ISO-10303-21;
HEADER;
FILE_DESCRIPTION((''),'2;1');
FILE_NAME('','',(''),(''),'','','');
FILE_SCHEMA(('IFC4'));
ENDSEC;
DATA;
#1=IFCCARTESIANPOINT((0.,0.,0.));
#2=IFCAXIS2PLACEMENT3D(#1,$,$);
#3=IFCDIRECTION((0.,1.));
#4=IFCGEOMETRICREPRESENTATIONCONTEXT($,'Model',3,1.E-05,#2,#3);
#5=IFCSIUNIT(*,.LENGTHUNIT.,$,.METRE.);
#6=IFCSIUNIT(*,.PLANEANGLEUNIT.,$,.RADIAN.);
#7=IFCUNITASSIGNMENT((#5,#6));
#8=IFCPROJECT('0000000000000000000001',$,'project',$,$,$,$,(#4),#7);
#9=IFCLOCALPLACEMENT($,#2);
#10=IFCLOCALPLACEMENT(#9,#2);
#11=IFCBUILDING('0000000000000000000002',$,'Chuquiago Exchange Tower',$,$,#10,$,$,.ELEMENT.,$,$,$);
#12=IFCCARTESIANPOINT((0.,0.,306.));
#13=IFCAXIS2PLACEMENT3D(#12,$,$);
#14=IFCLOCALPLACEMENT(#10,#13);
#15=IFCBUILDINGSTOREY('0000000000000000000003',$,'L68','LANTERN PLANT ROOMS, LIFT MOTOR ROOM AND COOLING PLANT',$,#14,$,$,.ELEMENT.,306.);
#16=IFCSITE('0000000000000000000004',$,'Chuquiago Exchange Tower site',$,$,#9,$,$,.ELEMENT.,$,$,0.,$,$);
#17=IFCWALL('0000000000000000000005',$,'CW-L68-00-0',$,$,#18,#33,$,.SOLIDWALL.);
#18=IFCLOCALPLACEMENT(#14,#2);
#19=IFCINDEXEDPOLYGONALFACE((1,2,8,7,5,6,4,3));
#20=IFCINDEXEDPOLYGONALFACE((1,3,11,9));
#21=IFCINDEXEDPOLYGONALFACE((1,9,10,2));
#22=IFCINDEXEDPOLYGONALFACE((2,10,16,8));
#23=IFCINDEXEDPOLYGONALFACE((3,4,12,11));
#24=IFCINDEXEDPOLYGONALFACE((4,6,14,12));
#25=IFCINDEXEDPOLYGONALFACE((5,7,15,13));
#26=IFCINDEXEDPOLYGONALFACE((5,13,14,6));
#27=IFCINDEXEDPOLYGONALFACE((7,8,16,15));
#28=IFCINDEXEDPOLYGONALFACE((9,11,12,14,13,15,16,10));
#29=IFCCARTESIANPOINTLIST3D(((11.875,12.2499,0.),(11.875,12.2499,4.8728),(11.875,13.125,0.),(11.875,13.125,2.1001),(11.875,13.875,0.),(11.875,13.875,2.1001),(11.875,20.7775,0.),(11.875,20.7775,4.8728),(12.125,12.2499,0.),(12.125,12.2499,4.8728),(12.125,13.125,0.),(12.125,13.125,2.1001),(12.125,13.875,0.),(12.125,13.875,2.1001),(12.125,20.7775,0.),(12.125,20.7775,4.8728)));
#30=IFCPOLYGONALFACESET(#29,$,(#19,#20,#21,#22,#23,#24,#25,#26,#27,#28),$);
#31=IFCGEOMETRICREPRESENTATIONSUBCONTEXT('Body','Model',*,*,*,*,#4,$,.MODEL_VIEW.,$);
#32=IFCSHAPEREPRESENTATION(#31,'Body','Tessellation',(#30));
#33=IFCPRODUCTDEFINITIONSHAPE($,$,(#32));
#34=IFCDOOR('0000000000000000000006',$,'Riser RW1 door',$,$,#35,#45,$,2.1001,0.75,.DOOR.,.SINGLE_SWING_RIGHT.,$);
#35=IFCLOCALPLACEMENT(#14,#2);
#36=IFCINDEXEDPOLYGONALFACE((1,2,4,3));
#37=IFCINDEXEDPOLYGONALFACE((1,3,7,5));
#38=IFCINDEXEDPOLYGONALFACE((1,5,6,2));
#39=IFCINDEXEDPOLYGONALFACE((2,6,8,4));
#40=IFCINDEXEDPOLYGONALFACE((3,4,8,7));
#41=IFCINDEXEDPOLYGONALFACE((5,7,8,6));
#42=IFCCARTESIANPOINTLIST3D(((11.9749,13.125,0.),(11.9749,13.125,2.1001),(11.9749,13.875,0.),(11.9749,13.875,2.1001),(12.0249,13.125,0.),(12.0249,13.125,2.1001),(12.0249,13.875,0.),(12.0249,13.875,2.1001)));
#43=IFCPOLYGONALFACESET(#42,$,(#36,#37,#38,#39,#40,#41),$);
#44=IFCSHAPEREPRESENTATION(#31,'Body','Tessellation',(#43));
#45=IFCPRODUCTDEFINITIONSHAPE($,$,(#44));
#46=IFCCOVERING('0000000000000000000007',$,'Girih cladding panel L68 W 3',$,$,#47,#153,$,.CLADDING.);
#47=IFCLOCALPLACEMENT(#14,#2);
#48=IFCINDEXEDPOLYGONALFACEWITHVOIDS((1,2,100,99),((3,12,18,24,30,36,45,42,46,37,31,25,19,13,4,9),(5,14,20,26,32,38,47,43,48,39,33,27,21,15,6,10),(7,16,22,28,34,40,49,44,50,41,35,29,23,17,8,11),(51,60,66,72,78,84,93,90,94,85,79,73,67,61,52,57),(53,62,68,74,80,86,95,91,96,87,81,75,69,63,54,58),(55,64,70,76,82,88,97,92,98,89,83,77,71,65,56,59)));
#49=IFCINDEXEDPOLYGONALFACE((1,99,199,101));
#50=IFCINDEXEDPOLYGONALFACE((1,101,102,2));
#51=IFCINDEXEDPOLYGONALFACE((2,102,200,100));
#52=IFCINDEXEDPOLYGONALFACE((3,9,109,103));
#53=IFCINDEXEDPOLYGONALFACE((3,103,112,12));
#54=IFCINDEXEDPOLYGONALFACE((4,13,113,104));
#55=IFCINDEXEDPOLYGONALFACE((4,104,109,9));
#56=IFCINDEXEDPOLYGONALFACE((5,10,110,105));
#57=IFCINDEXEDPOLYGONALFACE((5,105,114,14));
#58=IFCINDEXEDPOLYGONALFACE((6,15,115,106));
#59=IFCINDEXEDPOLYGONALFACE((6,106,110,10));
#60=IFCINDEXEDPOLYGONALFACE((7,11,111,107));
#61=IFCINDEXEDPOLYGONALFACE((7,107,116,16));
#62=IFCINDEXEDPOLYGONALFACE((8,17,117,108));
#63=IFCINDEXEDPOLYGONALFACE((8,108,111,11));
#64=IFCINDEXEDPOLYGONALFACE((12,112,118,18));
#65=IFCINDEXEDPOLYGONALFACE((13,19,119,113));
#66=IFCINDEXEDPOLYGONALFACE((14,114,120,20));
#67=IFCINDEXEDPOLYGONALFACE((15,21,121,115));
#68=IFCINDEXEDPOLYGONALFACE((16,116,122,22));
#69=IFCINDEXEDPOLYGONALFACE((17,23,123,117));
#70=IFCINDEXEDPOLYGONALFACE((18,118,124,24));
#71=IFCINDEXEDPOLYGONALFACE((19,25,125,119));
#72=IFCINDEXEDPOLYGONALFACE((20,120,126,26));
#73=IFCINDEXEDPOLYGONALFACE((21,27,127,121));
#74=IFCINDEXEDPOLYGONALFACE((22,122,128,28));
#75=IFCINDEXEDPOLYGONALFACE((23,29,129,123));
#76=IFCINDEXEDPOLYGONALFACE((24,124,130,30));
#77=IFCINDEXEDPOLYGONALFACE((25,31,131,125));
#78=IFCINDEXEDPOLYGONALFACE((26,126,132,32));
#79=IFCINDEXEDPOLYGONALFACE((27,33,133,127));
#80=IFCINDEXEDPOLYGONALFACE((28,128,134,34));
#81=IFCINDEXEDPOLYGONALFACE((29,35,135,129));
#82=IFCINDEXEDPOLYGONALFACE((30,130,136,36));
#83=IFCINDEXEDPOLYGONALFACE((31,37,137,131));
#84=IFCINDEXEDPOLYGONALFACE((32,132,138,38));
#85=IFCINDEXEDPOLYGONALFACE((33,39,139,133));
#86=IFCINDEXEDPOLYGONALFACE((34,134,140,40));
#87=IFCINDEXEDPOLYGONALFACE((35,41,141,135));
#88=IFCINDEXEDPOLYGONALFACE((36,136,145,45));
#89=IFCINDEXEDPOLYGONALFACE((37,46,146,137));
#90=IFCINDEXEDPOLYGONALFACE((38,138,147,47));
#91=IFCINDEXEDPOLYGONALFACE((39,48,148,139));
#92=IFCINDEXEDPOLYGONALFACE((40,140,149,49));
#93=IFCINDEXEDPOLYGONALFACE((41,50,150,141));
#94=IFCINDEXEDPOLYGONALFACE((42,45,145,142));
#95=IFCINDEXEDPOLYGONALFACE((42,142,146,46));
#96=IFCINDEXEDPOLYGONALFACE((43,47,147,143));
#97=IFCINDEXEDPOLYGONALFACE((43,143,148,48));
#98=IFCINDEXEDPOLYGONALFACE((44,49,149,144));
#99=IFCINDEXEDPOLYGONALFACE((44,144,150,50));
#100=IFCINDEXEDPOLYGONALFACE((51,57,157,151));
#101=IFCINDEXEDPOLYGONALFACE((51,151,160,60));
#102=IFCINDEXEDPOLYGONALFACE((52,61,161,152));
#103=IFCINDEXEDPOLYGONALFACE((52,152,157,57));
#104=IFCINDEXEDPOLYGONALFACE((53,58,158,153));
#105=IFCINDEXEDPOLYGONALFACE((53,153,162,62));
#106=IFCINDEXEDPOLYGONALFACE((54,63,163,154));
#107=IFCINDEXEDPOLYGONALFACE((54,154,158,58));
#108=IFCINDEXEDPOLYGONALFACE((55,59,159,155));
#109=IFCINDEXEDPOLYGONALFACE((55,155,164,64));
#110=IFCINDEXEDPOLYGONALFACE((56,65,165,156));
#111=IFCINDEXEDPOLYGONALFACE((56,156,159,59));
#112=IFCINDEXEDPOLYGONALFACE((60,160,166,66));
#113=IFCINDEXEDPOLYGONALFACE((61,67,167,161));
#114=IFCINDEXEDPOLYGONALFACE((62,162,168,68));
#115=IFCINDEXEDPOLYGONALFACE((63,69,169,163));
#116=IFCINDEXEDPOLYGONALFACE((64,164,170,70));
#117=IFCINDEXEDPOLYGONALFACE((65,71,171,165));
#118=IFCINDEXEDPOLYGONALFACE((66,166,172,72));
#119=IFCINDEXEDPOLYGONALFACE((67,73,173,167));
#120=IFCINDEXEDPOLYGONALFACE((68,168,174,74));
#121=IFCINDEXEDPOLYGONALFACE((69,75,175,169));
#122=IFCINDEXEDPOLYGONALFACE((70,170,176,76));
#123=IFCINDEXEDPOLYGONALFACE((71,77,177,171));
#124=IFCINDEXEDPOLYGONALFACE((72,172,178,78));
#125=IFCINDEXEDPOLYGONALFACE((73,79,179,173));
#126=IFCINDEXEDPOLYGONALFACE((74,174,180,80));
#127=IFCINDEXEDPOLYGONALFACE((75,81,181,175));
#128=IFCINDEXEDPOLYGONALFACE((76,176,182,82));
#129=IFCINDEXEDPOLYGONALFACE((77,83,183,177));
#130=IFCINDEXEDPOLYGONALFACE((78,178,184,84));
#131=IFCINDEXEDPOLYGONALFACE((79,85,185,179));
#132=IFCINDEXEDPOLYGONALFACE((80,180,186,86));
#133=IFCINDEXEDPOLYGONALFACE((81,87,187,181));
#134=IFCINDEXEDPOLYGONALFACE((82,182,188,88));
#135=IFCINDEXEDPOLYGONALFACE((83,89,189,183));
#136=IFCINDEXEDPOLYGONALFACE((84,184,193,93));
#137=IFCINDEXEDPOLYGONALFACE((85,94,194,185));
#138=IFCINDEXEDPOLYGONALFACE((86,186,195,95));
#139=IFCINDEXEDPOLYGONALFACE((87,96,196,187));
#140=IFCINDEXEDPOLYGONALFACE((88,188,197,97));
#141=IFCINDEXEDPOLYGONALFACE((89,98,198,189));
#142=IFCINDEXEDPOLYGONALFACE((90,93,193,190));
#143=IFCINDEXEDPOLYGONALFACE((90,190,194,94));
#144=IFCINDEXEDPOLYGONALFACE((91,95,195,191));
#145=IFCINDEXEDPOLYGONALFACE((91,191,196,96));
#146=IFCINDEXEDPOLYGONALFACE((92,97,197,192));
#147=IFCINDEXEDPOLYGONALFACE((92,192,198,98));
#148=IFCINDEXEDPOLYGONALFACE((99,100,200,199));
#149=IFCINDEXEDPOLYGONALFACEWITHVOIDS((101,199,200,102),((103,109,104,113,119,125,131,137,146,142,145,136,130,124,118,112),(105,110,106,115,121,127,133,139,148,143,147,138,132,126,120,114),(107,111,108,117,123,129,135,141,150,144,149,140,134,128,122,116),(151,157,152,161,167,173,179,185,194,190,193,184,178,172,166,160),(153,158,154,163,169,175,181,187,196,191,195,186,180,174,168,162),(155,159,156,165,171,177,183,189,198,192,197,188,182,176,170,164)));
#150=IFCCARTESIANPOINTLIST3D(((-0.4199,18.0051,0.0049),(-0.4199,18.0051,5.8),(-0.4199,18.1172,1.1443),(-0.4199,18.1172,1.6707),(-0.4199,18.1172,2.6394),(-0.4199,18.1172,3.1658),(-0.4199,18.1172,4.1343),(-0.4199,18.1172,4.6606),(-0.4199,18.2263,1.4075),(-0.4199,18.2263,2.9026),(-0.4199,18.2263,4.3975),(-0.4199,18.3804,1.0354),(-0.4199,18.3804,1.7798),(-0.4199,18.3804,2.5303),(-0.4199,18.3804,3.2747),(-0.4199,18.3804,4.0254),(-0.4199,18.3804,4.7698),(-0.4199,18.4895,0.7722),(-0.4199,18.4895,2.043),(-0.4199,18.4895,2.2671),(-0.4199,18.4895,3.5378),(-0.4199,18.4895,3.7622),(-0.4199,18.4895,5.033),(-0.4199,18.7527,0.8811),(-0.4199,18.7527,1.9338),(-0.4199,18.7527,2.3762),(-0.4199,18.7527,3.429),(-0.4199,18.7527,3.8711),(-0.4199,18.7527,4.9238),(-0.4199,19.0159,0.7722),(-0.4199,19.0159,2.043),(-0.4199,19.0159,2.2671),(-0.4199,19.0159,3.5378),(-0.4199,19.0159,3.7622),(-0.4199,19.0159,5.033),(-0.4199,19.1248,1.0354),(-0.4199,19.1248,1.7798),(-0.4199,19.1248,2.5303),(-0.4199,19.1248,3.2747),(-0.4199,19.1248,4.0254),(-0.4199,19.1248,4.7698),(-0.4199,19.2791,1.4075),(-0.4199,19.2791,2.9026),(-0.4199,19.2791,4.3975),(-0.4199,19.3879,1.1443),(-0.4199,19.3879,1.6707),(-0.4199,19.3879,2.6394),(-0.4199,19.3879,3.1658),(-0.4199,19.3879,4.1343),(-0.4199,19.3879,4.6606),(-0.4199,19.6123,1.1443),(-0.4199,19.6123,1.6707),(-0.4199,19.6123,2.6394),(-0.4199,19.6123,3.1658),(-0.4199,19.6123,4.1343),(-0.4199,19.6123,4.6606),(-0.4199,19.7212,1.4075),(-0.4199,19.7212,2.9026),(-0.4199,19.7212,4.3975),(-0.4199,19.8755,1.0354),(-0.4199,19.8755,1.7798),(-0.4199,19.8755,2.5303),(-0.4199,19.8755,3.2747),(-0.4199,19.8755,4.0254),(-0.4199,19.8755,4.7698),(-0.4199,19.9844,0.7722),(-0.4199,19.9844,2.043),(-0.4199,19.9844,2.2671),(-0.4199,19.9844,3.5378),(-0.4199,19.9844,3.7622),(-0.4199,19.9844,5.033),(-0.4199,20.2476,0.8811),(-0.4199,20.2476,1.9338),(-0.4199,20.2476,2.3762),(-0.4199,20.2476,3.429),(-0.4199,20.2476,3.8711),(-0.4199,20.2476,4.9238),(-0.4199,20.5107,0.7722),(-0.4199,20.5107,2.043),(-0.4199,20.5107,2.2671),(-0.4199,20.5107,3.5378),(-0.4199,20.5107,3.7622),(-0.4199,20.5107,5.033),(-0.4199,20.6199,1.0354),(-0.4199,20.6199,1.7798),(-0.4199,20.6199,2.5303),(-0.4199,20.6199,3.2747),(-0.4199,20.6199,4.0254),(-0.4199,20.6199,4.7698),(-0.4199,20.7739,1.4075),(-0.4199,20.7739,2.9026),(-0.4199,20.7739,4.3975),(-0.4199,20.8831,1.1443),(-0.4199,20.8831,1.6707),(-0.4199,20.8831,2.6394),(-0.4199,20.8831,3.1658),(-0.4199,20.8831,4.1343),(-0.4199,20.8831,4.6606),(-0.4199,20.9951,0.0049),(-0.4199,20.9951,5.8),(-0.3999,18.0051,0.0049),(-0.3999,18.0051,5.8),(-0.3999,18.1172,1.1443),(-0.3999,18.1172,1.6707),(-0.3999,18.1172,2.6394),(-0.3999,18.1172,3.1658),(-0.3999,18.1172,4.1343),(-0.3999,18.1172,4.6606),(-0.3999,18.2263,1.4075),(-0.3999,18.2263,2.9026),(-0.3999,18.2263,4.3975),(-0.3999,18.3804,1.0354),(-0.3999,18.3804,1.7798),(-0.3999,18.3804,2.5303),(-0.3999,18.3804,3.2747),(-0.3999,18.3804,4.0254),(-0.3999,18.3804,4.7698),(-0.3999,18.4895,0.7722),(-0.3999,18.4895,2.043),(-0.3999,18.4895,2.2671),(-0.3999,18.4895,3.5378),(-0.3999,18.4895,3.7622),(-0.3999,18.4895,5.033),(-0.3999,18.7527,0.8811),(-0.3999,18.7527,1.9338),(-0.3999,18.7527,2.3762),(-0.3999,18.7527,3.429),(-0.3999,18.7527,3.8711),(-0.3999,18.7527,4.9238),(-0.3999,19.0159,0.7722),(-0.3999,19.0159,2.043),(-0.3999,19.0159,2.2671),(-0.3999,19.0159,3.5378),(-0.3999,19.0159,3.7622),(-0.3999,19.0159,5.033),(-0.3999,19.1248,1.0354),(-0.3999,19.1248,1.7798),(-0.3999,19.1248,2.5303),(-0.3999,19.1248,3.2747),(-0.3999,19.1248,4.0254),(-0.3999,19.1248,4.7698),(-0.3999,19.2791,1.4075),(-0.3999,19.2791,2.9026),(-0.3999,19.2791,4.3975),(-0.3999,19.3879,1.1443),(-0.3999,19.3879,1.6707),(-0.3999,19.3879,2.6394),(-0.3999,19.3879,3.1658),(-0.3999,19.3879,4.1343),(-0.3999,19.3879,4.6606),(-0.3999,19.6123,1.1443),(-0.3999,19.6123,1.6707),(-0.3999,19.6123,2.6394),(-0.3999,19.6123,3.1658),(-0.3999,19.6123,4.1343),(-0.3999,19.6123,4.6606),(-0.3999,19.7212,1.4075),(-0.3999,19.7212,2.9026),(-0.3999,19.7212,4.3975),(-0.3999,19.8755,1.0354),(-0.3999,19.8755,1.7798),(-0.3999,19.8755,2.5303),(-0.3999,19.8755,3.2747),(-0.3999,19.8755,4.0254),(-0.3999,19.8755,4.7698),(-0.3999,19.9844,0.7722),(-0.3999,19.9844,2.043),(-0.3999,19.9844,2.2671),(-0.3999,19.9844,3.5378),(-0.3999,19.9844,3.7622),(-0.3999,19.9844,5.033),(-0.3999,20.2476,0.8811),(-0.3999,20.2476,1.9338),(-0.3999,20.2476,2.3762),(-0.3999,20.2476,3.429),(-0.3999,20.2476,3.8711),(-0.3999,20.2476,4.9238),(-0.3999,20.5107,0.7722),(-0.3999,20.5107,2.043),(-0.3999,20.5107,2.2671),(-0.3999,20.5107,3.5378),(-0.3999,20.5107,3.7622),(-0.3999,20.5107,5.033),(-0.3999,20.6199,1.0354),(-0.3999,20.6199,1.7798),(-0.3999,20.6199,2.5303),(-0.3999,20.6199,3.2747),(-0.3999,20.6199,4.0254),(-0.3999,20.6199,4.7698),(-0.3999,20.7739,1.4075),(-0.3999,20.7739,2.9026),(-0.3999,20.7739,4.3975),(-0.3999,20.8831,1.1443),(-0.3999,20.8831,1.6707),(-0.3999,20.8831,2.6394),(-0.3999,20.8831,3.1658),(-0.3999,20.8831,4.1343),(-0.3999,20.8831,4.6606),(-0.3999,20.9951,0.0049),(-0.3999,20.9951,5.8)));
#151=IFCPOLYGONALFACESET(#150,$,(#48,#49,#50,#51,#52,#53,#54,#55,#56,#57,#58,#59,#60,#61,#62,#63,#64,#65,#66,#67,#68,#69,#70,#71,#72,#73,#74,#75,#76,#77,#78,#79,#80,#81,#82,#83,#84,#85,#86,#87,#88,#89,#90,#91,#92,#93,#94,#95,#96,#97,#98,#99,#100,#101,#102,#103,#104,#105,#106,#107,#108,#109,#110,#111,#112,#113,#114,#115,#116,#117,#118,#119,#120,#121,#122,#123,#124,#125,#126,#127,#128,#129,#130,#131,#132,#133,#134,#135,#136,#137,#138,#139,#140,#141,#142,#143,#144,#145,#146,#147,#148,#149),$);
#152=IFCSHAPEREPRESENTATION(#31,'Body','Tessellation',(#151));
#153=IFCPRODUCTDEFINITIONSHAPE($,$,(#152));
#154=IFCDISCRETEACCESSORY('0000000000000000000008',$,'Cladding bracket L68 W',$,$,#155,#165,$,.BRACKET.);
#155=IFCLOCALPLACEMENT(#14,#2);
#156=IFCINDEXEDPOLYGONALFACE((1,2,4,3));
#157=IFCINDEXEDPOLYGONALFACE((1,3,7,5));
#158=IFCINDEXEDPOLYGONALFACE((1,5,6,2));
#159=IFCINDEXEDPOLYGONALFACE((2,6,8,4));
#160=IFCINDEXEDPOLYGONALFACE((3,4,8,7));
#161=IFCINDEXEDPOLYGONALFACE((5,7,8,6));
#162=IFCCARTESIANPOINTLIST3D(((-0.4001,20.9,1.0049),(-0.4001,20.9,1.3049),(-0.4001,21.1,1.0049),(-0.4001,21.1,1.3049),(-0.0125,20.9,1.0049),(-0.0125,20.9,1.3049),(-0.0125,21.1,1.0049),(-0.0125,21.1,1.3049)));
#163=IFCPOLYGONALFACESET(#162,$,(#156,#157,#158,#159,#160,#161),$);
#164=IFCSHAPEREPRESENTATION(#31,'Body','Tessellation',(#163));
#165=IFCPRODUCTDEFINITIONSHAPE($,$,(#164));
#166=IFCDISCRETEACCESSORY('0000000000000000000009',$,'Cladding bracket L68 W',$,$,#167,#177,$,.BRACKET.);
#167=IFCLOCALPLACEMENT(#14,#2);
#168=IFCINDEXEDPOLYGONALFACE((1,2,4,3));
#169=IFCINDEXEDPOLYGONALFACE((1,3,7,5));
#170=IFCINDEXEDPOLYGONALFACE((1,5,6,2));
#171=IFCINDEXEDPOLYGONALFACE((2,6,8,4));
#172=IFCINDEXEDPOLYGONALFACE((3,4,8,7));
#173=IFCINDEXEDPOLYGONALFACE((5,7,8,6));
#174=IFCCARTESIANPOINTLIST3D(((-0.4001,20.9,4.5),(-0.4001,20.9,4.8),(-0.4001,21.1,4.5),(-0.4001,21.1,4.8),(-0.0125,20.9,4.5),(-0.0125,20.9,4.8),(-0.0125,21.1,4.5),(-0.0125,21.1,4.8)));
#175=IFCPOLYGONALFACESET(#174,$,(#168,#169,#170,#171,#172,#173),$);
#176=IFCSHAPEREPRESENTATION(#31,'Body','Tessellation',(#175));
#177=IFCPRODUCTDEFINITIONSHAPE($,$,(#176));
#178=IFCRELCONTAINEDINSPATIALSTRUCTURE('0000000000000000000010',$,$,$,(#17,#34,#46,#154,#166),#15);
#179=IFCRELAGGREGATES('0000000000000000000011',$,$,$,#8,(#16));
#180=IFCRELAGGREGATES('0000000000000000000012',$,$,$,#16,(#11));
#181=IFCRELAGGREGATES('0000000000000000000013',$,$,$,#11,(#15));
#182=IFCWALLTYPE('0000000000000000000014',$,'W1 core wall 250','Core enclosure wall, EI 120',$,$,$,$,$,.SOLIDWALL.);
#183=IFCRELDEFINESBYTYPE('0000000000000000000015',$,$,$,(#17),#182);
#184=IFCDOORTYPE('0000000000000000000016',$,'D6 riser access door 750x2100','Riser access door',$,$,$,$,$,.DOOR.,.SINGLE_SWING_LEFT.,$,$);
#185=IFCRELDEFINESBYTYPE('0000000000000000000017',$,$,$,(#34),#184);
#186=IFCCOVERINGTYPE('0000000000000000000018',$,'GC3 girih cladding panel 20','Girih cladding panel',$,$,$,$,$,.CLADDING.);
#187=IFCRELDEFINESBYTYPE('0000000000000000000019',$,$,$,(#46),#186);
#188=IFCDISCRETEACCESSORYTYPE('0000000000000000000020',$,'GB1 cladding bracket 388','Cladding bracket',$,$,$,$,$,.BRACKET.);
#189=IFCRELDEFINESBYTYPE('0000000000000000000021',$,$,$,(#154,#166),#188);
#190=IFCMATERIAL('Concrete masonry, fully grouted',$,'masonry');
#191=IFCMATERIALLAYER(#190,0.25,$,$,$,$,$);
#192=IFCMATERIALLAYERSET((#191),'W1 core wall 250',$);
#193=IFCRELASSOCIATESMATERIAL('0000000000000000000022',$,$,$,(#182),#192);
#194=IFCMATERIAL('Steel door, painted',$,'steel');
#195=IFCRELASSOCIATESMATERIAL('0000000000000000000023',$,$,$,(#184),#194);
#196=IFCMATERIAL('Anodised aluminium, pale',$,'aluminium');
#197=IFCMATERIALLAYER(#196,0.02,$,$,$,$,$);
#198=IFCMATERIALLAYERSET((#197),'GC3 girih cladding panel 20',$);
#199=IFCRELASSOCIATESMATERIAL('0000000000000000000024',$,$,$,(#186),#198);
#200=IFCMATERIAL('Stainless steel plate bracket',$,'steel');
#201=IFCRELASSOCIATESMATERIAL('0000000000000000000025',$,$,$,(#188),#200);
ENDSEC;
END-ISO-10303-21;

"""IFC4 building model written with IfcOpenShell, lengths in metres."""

from ifc_helpers import new_model, si_unit, direction, frame, frame_2d, origin, origin_2d, place, context, subcontext, project, spatial, polyline, rectangle, outline, extrude, material, layer, layer_set, type_object, element, fill, save


model = new_model("IFC4")

# Units and contexts
model_context = context("Model", 3, precision=1e-05, world=origin(), true_north=direction((0.0, 1.0)))
body_context = subcontext(model_context, "Body", "Model", "MODEL_VIEW")
ifc_project = project(units=[si_unit("LENGTHUNIT", "METRE"), si_unit("PLANEANGLEUNIT", "RADIAN")], contexts=[model_context])

# Site, building, storey
site_placement = place(None, origin())
site = spatial("IfcSite", under=ifc_project, at=site_placement, Name="Chuquiago Exchange Tower site", CompositionType="ELEMENT", RefElevation=0.0)
building_placement = place(site_placement, origin())
building = spatial("IfcBuilding", under=site, at=building_placement, Name="Chuquiago Exchange Tower", CompositionType="ELEMENT")
storey_placement = place(building_placement, frame((0.0, 0.0, 306.0)))
storey = spatial("IfcBuildingStorey", under=building, at=storey_placement, Name="L68", Description="LANTERN PLANT ROOMS, LIFT MOTOR ROOM AND COOLING PLANT", CompositionType="ELEMENT", Elevation=306.0)

# Wall, opening, door
ifc_material_1 = material(Name="Concrete masonry, fully grouted", Category="masonry")
ifc_layer_1 = layer(ifc_material_1, 0.25)
ifc_layer_set_1 = layer_set([ifc_layer_1], Name="W1 core wall 250")
wall_type = type_object("IfcWallType", Name="W1 core wall 250", Description="Core enclosure wall, EI 120", PredefinedType="SOLIDWALL", material=ifc_layer_set_1)
wall_placement = place(storey_placement, frame((12.0, 12.25, 0.0), z_axis=(0.0, 0.0, 1.0), x_axis=(0.0, 1.0, 0.0)))
wall = element("IfcWall", 1, at=wall_placement, inside=storey, type_object=wall_type, Name="CW-L68-00-0", PredefinedType="SOLIDWALL", context=body_context, shape_type="SweptSolid", body=[
    extrude(rectangle(XDim=8.5276, YDim=0.25, at=frame_2d((4.2637, 0.0))), origin(), (0.0, 0.0, 1.0), 4.8728),
])
opening_1_placement = place(wall_placement, frame((0.875, 0.0, 0.0)))
opening_1 = element("IfcOpeningElement", 2, at=opening_1_placement, cuts=wall, PredefinedType="OPENING", context=body_context, shape_type="SweptSolid", body=[
    extrude(rectangle(XDim=0.75, YDim=2.1001, at=frame_2d((0.375, 1.05))), frame((0.0, 0.135, 0.0), z_axis=(0.0, -1.0, 0.0), x_axis=(1.0, 0.0, 0.0)), (0.0, 0.0, 1.0), 0.27),
])
ifc_material_2 = material(Name="Steel door, painted", Category="steel")
door_type_1 = type_object("IfcDoorType", Name="D6 riser access door 750x2100", Description="Riser access door", OperationType="SINGLE_SWING_LEFT", PredefinedType="DOOR", material=ifc_material_2)
door_1_placement = place(opening_1_placement, frame((0.75, 0.0, 0.0), z_axis=(0.0, 0.0, 1.0), x_axis=(-1.0, 0.0, 0.0)))
door_1 = element("IfcDoor", 3, at=door_1_placement, inside=storey, type_object=door_type_1, Name="Riser RW1 door", OperationType="SINGLE_SWING_RIGHT", OverallHeight=2.1001, OverallWidth=0.75, PredefinedType="DOOR", context=body_context, shape_type="SweptSolid", body=[
    extrude(rectangle(XDim=0.75, YDim=2.1001, at=frame_2d((0.375, 1.05))), frame((0.0, 0.0249, 0.0), z_axis=(0.0, -1.0, 0.0), x_axis=(1.0, 0.0, 0.0)), (0.0, 0.0, 1.0), 0.05),
])
fill(opening_1, door_1)

# Covering
ifc_material_3 = material(Name="Anodised aluminium, pale", Category="aluminium")
ifc_layer_2 = layer(ifc_material_3, 0.02)
ifc_layer_set_2 = layer_set([ifc_layer_2], Name="GC3 girih cladding panel 20")
covering_type_1 = type_object("IfcCoveringType", Name="GC3 girih cladding panel 20", Description="Girih cladding panel", PredefinedType="CLADDING", material=ifc_layer_set_2)
covering_1_placement = place(storey_placement, frame((-0.3999, 20.9951, 0.0049), z_axis=(0.0, 0.0, 1.0), x_axis=(0.0, -1.0, 0.0)))
element("IfcCovering", 4, at=covering_1_placement, inside=storey, type_object=covering_type_1, Name="Girih cladding panel L68 W 3", PredefinedType="CLADDING", context=body_context, shape_type="SweptSolid", body=[
    extrude(outline(polyline([(0.0, 0.0), (2.99, 0.0), (2.99, 5.7952), (0.0, 5.7952), (0.0, 0.0)]), holes=[polyline([(1.2739, 1.4026), (1.3828, 1.6658), (1.1196, 1.7749), (1.0107, 2.0381), (0.7476, 1.929), (0.4844, 2.0381), (0.3752, 1.7749), (0.1121, 1.6658), (0.2212, 1.4026), (0.1121, 1.1394), (0.3752, 1.0305), (0.4844, 0.7673), (0.7476, 0.8762), (1.0107, 0.7673), (1.1196, 1.0305), (1.3828, 1.1394), (1.2739, 1.4026)]), polyline([(2.7688, 1.4026), (2.8779, 1.6658), (2.6147, 1.7749), (2.5056, 2.0381), (2.2424, 1.929), (1.9792, 2.0381), (1.8704, 1.7749), (1.6072, 1.6658), (1.7161, 1.4026), (1.6072, 1.1394), (1.8704, 1.0305), (1.9792, 0.7673), (2.2424, 0.8762), (2.5056, 0.7673), (2.6147, 1.0305), (2.8779, 1.1394), (2.7688, 1.4026)]), polyline([(1.2739, 2.8977), (1.3828, 3.1609), (1.1196, 3.2698), (1.0107, 3.533), (0.7476, 3.4241), (0.4844, 3.533), (0.3752, 3.2698), (0.1121, 3.1609), (0.2212, 2.8977), (0.1121, 2.6345), (0.3752, 2.5254), (0.4844, 2.2622), (0.7476, 2.3713), (1.0107, 2.2622), (1.1196, 2.5254), (1.3828, 2.6345), (1.2739, 2.8977)]), polyline([(2.7688, 2.8977), (2.8779, 3.1609), (2.6147, 3.2698), (2.5056, 3.533), (2.2424, 3.4241), (1.9792, 3.533), (1.8704, 3.2698), (1.6072, 3.1609), (1.7161, 2.8977), (1.6072, 2.6345), (1.8704, 2.5254), (1.9792, 2.2622), (2.2424, 2.3713), (2.5056, 2.2622), (2.6147, 2.5254), (2.8779, 2.6345), (2.7688, 2.8977)]), polyline([(1.2739, 4.3926), (1.3828, 4.6558), (1.1196, 4.7649), (1.0107, 5.0281), (0.7476, 4.9189), (0.4844, 5.0281), (0.3752, 4.7649), (0.1121, 4.6558), (0.2212, 4.3926), (0.1121, 4.1294), (0.3752, 4.0205), (0.4844, 3.7573), (0.7476, 3.8662), (1.0107, 3.7573), (1.1196, 4.0205), (1.3828, 4.1294), (1.2739, 4.3926)]), polyline([(2.7688, 4.3926), (2.8779, 4.6558), (2.6147, 4.7649), (2.5056, 5.0281), (2.2424, 4.9189), (1.9792, 5.0281), (1.8704, 4.7649), (1.6072, 4.6558), (1.7161, 4.3926), (1.6072, 4.1294), (1.8704, 4.0205), (1.9792, 3.7573), (2.2424, 3.8662), (2.5056, 3.7573), (2.6147, 4.0205), (2.8779, 4.1294), (2.7688, 4.3926)])]), frame((0.0, 0.0, 0.0), z_axis=(0.0, -1.0, 0.0), x_axis=(1.0, 0.0, 0.0)), (0.0, 0.0, 1.0), 0.02),
])

# Discrete accessories
ifc_material_4 = material(Name="Stainless steel plate bracket", Category="steel")
discrete_accessory_type_1 = type_object("IfcDiscreteAccessoryType", Name="GB1 cladding bracket 388", Description="Cladding bracket", PredefinedType="BRACKET", material=ifc_material_4)
for number, where, z_axis, x_axis, name in (
    (5, (-0.2063, 21.0, 1.0049), (0.0, 0.0, 1.0), (0.0, -1.0, 0.0), "Cladding bracket L68 W"),
    (6, (-0.2063, 21.0, 4.5), (0.0, 0.0, 1.0), (0.0, -1.0, 0.0), "Cladding bracket L68 W"),
):
    element("IfcDiscreteAccessory", number, at=place(storey_placement, frame(where, z_axis=z_axis, x_axis=x_axis)), inside=storey, type_object=discrete_accessory_type_1, Name=name, PredefinedType="BRACKET", context=body_context, shape_type="SweptSolid", body=[
        extrude(rectangle(XDim=0.2, YDim=0.3877, at=origin_2d()), origin(), (0.0, 0.0, 1.0), 0.3),
    ])

save(model, "model.ifc")
